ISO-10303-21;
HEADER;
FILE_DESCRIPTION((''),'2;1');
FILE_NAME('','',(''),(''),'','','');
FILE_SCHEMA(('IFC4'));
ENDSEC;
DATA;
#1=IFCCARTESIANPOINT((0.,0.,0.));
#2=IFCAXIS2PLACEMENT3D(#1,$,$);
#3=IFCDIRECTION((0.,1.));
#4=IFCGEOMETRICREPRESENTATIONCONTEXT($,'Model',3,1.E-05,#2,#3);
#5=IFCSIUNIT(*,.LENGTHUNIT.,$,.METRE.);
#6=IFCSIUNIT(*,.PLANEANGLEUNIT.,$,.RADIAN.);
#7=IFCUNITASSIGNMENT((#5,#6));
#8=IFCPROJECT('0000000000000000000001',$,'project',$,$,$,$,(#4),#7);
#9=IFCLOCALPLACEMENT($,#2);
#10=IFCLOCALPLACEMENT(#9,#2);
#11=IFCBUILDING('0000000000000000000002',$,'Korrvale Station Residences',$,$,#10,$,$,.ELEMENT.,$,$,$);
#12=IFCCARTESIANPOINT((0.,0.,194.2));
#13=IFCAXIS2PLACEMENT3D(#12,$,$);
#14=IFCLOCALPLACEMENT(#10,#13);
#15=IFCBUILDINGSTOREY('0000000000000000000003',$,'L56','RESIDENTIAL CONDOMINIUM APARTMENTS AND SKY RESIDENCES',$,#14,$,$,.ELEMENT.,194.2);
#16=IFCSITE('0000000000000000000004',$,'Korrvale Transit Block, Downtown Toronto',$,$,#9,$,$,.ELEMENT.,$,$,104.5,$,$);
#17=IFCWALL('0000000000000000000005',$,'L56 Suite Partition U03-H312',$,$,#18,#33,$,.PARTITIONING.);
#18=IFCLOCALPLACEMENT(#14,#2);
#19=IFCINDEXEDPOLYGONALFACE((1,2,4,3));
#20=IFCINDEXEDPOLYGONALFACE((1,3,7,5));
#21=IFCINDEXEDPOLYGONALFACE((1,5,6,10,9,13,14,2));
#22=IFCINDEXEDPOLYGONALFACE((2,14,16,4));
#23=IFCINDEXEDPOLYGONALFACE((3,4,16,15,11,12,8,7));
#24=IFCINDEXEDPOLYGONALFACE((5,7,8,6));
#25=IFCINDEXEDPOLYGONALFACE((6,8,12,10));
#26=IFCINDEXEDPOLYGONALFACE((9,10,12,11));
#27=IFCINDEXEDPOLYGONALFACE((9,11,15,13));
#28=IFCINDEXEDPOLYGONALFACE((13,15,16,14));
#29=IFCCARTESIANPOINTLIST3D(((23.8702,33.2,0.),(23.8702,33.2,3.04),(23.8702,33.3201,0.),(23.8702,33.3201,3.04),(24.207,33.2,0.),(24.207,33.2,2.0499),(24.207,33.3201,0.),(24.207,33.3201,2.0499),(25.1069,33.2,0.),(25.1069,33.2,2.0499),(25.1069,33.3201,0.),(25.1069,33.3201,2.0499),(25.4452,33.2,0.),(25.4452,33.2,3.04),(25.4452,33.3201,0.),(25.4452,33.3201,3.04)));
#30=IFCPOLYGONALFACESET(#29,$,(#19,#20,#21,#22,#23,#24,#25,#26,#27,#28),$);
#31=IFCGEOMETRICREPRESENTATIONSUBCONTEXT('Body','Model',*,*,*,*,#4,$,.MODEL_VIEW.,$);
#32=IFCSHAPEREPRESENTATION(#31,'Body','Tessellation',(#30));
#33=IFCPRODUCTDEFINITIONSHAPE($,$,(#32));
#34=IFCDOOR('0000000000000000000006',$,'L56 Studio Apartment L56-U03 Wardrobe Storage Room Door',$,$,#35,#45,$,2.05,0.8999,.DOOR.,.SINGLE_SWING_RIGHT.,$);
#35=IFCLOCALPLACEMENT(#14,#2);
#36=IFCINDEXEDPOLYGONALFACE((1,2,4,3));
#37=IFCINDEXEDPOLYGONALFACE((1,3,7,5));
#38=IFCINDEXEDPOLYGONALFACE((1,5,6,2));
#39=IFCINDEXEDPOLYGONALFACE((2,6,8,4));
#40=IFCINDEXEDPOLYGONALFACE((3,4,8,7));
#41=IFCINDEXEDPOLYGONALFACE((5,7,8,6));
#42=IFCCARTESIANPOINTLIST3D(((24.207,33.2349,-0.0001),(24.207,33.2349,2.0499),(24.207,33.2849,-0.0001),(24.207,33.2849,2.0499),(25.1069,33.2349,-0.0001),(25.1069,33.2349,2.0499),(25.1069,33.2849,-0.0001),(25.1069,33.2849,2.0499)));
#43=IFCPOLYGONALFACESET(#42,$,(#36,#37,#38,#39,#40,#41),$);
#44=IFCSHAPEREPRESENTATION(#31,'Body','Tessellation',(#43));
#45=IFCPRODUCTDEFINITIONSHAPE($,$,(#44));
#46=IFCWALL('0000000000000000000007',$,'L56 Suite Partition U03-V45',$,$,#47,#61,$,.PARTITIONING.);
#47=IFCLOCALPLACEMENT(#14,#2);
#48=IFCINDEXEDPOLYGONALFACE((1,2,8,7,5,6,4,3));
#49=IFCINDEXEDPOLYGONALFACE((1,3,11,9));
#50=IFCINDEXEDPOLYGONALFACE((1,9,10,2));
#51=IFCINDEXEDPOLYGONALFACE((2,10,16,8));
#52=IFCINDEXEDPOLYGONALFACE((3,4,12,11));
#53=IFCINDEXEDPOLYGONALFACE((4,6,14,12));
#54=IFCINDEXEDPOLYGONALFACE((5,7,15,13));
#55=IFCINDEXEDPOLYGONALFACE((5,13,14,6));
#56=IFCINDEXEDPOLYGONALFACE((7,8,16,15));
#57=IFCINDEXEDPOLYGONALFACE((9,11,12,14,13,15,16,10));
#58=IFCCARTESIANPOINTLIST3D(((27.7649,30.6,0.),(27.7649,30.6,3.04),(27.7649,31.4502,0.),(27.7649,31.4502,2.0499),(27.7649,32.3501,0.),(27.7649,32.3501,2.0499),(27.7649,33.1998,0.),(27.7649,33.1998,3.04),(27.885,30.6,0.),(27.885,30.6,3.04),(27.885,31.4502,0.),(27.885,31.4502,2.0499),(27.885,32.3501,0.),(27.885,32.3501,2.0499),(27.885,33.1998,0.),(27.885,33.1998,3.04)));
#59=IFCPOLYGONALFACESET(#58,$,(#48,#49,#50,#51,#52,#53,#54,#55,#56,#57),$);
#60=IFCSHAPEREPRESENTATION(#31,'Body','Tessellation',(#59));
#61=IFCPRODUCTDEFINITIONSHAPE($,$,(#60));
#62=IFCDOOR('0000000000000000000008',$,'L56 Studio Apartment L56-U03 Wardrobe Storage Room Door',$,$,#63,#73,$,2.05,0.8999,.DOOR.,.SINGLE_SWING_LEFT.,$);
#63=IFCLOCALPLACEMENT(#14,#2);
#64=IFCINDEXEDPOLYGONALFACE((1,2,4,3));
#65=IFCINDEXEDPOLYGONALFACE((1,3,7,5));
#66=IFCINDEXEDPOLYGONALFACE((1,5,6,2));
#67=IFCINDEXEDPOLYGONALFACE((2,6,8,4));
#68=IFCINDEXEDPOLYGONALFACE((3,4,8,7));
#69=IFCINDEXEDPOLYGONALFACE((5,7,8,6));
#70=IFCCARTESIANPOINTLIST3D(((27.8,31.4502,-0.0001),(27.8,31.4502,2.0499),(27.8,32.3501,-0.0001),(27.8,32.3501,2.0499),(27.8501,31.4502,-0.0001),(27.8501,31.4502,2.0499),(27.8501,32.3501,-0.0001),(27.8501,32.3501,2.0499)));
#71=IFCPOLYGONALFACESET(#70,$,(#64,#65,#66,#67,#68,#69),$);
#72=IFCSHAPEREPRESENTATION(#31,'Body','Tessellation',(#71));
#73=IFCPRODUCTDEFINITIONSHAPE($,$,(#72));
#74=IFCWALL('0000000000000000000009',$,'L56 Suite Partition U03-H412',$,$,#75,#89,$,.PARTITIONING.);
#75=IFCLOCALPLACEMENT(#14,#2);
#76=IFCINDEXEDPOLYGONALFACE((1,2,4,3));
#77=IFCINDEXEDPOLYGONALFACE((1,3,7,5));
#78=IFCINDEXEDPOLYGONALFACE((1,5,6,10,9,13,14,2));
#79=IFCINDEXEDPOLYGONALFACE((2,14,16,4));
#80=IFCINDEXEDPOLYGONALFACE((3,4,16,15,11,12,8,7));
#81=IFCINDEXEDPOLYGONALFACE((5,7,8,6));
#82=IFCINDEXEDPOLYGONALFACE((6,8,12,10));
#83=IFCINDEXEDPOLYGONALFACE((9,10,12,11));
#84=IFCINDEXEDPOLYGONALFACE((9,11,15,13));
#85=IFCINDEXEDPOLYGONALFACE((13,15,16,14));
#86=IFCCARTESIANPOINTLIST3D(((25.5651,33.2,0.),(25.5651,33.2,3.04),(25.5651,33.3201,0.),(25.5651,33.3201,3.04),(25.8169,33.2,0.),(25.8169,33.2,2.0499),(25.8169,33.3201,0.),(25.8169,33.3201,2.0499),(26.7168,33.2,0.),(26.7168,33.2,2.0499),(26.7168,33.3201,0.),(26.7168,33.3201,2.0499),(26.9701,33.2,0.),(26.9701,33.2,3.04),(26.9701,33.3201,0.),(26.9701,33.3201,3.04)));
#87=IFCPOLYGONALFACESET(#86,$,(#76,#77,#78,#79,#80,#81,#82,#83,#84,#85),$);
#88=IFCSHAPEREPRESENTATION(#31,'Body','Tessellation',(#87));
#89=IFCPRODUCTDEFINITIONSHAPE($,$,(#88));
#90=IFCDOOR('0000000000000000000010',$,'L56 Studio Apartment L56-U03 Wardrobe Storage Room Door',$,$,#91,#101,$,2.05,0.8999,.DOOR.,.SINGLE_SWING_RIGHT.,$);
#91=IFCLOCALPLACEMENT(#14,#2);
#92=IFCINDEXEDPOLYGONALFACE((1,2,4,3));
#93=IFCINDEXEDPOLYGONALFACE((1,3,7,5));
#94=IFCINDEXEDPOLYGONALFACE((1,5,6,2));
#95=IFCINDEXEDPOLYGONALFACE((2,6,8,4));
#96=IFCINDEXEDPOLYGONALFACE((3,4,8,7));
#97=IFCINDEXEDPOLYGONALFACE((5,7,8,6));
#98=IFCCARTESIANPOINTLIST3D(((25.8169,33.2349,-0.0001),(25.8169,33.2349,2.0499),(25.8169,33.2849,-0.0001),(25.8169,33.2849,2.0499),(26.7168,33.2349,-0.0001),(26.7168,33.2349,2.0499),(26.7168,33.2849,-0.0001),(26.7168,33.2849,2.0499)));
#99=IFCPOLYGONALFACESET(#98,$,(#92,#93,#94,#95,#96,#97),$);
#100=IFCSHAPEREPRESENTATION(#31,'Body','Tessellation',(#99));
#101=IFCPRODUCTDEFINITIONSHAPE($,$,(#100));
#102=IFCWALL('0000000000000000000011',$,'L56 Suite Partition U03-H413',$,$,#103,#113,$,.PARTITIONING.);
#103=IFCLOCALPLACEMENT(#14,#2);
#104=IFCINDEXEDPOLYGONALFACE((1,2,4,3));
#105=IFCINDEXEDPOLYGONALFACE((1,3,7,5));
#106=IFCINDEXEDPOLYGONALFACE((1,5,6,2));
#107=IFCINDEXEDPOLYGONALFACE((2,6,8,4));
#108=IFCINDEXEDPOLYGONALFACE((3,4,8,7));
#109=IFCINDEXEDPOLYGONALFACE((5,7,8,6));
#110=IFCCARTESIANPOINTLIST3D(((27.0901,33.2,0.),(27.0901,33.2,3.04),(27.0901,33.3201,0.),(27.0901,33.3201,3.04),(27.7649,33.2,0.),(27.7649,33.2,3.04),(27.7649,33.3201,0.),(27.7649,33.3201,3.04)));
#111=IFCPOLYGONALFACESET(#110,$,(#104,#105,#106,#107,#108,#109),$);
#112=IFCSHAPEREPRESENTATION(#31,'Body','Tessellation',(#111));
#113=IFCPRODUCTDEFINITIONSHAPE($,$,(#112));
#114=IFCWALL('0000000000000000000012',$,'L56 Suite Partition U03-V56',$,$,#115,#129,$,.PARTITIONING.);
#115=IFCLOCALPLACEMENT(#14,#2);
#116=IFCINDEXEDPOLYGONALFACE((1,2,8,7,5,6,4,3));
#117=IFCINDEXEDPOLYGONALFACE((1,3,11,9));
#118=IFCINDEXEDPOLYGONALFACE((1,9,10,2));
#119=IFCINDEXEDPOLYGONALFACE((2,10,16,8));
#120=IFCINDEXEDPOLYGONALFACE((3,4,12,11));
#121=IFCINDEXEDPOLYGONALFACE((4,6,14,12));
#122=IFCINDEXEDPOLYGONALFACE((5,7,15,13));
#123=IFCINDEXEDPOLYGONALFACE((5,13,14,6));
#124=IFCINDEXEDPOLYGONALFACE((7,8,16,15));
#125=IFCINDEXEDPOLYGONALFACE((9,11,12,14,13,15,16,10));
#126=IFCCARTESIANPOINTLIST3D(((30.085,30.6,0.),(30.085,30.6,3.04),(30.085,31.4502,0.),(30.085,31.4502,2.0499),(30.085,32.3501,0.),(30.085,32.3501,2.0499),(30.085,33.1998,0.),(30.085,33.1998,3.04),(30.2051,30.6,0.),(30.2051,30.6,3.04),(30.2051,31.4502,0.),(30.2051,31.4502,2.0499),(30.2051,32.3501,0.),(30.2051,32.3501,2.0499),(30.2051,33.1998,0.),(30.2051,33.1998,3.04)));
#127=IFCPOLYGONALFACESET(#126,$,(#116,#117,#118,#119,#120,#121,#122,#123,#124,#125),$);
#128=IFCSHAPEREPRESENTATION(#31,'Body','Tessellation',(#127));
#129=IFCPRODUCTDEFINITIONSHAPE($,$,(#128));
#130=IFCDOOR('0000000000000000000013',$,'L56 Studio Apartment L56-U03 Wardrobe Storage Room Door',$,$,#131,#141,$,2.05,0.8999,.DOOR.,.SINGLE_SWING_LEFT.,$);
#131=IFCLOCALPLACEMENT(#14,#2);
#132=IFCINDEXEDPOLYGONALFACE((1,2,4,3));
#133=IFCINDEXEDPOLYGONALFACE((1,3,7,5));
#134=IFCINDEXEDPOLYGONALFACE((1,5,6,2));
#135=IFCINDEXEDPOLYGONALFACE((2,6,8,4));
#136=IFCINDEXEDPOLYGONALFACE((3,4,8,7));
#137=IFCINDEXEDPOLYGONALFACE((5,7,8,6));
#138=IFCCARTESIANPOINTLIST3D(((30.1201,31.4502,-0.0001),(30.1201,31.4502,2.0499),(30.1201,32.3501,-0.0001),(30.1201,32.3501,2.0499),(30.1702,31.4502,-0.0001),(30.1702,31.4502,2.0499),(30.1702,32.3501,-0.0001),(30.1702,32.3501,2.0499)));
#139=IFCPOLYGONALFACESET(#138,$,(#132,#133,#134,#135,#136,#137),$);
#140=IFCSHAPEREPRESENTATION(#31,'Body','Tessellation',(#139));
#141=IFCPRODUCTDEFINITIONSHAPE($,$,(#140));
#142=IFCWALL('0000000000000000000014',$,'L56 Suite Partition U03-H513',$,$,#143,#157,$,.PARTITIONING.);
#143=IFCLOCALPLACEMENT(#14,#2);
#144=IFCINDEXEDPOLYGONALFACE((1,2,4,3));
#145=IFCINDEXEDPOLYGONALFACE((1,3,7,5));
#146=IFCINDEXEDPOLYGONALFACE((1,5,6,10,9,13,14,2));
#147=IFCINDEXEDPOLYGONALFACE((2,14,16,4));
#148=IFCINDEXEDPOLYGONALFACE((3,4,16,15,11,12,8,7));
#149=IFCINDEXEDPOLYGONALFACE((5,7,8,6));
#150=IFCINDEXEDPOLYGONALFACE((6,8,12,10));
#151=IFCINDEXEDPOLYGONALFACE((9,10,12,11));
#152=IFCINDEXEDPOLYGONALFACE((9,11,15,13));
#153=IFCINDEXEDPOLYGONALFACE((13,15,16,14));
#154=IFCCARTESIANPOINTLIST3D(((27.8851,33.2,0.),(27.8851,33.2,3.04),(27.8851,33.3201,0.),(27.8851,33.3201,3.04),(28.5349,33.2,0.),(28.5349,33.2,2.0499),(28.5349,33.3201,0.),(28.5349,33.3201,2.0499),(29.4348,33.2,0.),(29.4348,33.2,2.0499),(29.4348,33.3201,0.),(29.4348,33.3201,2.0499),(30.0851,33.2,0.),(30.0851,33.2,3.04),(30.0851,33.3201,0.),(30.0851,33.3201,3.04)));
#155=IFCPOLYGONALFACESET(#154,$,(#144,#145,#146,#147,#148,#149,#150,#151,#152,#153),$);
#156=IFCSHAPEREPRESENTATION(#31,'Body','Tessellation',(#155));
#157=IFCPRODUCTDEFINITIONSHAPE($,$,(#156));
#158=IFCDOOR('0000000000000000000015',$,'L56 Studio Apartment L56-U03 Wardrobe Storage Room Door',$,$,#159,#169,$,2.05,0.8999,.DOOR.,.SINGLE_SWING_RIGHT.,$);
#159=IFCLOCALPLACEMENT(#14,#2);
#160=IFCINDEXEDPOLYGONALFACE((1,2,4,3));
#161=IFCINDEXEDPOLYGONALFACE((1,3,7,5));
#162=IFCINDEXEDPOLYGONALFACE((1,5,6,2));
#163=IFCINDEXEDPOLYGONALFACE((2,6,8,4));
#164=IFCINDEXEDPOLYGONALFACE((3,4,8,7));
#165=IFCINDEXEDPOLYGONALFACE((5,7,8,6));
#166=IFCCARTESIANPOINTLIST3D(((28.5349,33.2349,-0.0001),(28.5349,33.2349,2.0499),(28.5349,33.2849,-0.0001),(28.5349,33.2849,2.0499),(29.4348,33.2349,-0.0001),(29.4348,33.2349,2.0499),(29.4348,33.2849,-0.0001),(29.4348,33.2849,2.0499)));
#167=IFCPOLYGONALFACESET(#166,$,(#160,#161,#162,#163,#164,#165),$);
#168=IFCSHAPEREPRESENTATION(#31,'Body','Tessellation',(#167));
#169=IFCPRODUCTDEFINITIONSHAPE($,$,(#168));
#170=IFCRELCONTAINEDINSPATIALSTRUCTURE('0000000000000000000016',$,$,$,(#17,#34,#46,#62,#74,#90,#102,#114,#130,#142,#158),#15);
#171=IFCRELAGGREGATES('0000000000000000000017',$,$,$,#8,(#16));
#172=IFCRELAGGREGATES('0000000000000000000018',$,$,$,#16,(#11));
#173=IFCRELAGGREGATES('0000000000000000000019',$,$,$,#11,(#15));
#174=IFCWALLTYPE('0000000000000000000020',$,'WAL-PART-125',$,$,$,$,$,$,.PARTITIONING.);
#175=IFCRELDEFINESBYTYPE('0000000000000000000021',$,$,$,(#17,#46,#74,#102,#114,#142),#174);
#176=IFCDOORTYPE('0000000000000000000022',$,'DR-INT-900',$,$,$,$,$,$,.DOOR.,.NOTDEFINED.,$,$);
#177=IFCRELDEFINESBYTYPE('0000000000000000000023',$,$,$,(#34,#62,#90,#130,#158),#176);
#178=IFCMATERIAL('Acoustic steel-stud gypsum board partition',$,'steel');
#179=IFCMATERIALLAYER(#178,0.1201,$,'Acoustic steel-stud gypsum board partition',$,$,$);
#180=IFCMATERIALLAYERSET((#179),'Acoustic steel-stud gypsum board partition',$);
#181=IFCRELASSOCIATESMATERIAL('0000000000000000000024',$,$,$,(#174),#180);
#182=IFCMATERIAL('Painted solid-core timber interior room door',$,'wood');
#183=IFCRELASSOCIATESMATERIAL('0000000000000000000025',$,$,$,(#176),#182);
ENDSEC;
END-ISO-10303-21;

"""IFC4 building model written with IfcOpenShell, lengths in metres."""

from ifc_helpers import new_model, si_unit, direction, frame, frame_2d, origin, place, context, subcontext, project, spatial, rectangle, extrude, material, layer, layer_set, type_object, element, fill, save


model = new_model("IFC4")

# Units and contexts
model_context = context("Model", 3, precision=1e-05, world=origin(), true_north=direction((0.0, 1.0)))
body_context = subcontext(model_context, "Body", "Model", "MODEL_VIEW")
ifc_project = project(units=[si_unit("LENGTHUNIT", "METRE"), si_unit("PLANEANGLEUNIT", "RADIAN")], contexts=[model_context])

# Site, building, storey
site_placement = place(None, origin())
site = spatial("IfcSite", under=ifc_project, at=site_placement, Name="Korrvale Transit Block, Downtown Toronto", CompositionType="ELEMENT", RefElevation=104.5)
building_placement = place(site_placement, origin())
building = spatial("IfcBuilding", under=site, at=building_placement, Name="Korrvale Station Residences", CompositionType="ELEMENT")
storey_placement = place(building_placement, frame((0.0, 0.0, 194.2)))
storey = spatial("IfcBuildingStorey", under=building, at=storey_placement, Name="L56", Description="RESIDENTIAL CONDOMINIUM APARTMENTS AND SKY RESIDENCES", CompositionType="ELEMENT", Elevation=194.2)

# Walls, openings, doors
ifc_material_1 = material(Name="Acoustic steel-stud gypsum board partition", Category="steel")
ifc_layer = layer(ifc_material_1, 0.1201, Name="Acoustic steel-stud gypsum board partition")
ifc_layer_set = layer_set([ifc_layer], Name="Acoustic steel-stud gypsum board partition")
wall_type = type_object("IfcWallType", Name="WAL-PART-125", PredefinedType="PARTITIONING", material=ifc_layer_set)
wall_1_placement = place(storey_placement, frame((23.8701, 33.26, 0.0), z_axis=(0.0, 0.0, 1.0), x_axis=(1.0, 0.0, 0.0)))
wall_1 = element("IfcWall", 1, at=wall_1_placement, inside=storey, type_object=wall_type, Name="L56 Suite Partition U03-H312", PredefinedType="PARTITIONING", context=body_context, shape_type="SweptSolid", body=[
    extrude(rectangle(XDim=1.575, YDim=0.1201, at=frame_2d((0.7876, 0.0))), origin(), (0.0, 0.0, 1.0), 3.04),
])
opening_1_placement = place(wall_1_placement, frame((0.3369, 0.0, 0.0)))
opening_1 = element("IfcOpeningElement", 2, at=opening_1_placement, cuts=wall_1, PredefinedType="OPENING", context=body_context, shape_type="SweptSolid", body=[
    extrude(rectangle(XDim=0.8999, YDim=2.05, at=frame_2d((0.45, 1.0249))), frame((0.0, 0.0701, 0.0), z_axis=(0.0, -1.0, 0.0), x_axis=(1.0, 0.0, 0.0)), (0.0, 0.0, 1.0), 0.1401),
])
ifc_material_2 = material(Name="Painted solid-core timber interior room door", Category="wood")
door_type = type_object("IfcDoorType", Name="DR-INT-900", OperationType="NOTDEFINED", PredefinedType="DOOR", material=ifc_material_2)
door_1_placement = place(opening_1_placement, origin())
door_1 = element("IfcDoor", 3, at=door_1_placement, inside=storey, type_object=door_type, Name="L56 Studio Apartment L56-U03 Wardrobe Storage Room Door", OperationType="SINGLE_SWING_RIGHT", OverallHeight=2.05, OverallWidth=0.8999, PredefinedType="DOOR", context=body_context, shape_type="SweptSolid", body=[
    extrude(rectangle(XDim=0.8999, YDim=2.05, at=frame_2d((0.45, 1.0249))), frame((0.0, 0.0249, 0.0), z_axis=(0.0, -1.0, 0.0), x_axis=(1.0, 0.0, 0.0)), (0.0, 0.0, 1.0), 0.05),
])
fill(opening_1, door_1)
wall_2_placement = place(storey_placement, frame((27.825, 30.6001, 0.0), z_axis=(0.0, 0.0, 1.0), x_axis=(0.0, 1.0, 0.0)))
wall_2 = element("IfcWall", 4, at=wall_2_placement, inside=storey, type_object=wall_type, Name="L56 Suite Partition U03-V45", PredefinedType="PARTITIONING", context=body_context, shape_type="SweptSolid", body=[
    extrude(rectangle(XDim=2.5999, YDim=0.1201, at=frame_2d((1.2998, 0.0))), origin(), (0.0, 0.0, 1.0), 3.04),
])
opening_2_placement = place(wall_2_placement, frame((0.8501, 0.0, 0.0)))
opening_2 = element("IfcOpeningElement", 5, at=opening_2_placement, cuts=wall_2, PredefinedType="OPENING", context=body_context, shape_type="SweptSolid", body=[
    extrude(rectangle(XDim=0.8999, YDim=2.05, at=frame_2d((0.45, 1.0249))), frame((0.0, 0.0701, 0.0), z_axis=(0.0, -1.0, 0.0), x_axis=(1.0, 0.0, 0.0)), (0.0, 0.0, 1.0), 0.1401),
])
door_2_placement = place(opening_2_placement, origin())
door_2 = element("IfcDoor", 6, at=door_2_placement, inside=storey, type_object=door_type, Name="L56 Studio Apartment L56-U03 Wardrobe Storage Room Door", OperationType="SINGLE_SWING_LEFT", OverallHeight=2.05, OverallWidth=0.8999, PredefinedType="DOOR", context=body_context, shape_type="SweptSolid", body=[
    extrude(rectangle(XDim=0.8999, YDim=2.05, at=frame_2d((0.45, 1.0249))), frame((0.0, 0.0249, 0.0), z_axis=(0.0, -1.0, 0.0), x_axis=(1.0, 0.0, 0.0)), (0.0, 0.0, 1.0), 0.05),
])
fill(opening_2, door_2)
wall_3_placement = place(storey_placement, frame((25.5649, 33.26, 0.0), z_axis=(0.0, 0.0, 1.0), x_axis=(1.0, 0.0, 0.0)))
wall_3 = element("IfcWall", 7, at=wall_3_placement, inside=storey, type_object=wall_type, Name="L56 Suite Partition U03-H412", PredefinedType="PARTITIONING", context=body_context, shape_type="SweptSolid", body=[
    extrude(rectangle(XDim=1.405, YDim=0.1201, at=frame_2d((0.7026, 0.0))), origin(), (0.0, 0.0, 1.0), 3.04),
])
opening_3_placement = place(wall_3_placement, frame((0.252, 0.0, 0.0)))
opening_3 = element("IfcOpeningElement", 8, at=opening_3_placement, cuts=wall_3, PredefinedType="OPENING", context=body_context, shape_type="SweptSolid", body=[
    extrude(rectangle(XDim=0.8999, YDim=2.05, at=frame_2d((0.45, 1.0249))), frame((0.0, 0.0701, 0.0), z_axis=(0.0, -1.0, 0.0), x_axis=(1.0, 0.0, 0.0)), (0.0, 0.0, 1.0), 0.1401),
])
door_3_placement = place(opening_3_placement, origin())
door_3 = element("IfcDoor", 9, at=door_3_placement, inside=storey, type_object=door_type, Name="L56 Studio Apartment L56-U03 Wardrobe Storage Room Door", OperationType="SINGLE_SWING_RIGHT", OverallHeight=2.05, OverallWidth=0.8999, PredefinedType="DOOR", context=body_context, shape_type="SweptSolid", body=[
    extrude(rectangle(XDim=0.8999, YDim=2.05, at=frame_2d((0.45, 1.0249))), frame((0.0, 0.0249, 0.0), z_axis=(0.0, -1.0, 0.0), x_axis=(1.0, 0.0, 0.0)), (0.0, 0.0, 1.0), 0.05),
])
fill(opening_3, door_3)

# Wall
wall_4_placement = place(storey_placement, frame((27.0901, 33.26, 0.0), z_axis=(0.0, 0.0, 1.0), x_axis=(1.0, 0.0, 0.0)))
element("IfcWall", 10, at=wall_4_placement, inside=storey, type_object=wall_type, Name="L56 Suite Partition U03-H413", PredefinedType="PARTITIONING", context=body_context, shape_type="SweptSolid", body=[
    extrude(rectangle(XDim=0.6748, YDim=0.1201, at=frame_2d((0.3374, 0.0))), origin(), (0.0, 0.0, 1.0), 3.04),
])

# Walls, openings, doors
wall_5_placement = place(storey_placement, frame((30.145, 30.6001, 0.0), z_axis=(0.0, 0.0, 1.0), x_axis=(0.0, 1.0, 0.0)))
wall_5 = element("IfcWall", 11, at=wall_5_placement, inside=storey, type_object=wall_type, Name="L56 Suite Partition U03-V56", PredefinedType="PARTITIONING", context=body_context, shape_type="SweptSolid", body=[
    extrude(rectangle(XDim=2.5999, YDim=0.1201, at=frame_2d((1.2998, 0.0))), origin(), (0.0, 0.0, 1.0), 3.04),
])
opening_4_placement = place(wall_5_placement, frame((0.8501, 0.0, 0.0)))
opening_4 = element("IfcOpeningElement", 12, at=opening_4_placement, cuts=wall_5, PredefinedType="OPENING", context=body_context, shape_type="SweptSolid", body=[
    extrude(rectangle(XDim=0.8999, YDim=2.05, at=frame_2d((0.45, 1.0249))), frame((0.0, 0.0701, 0.0), z_axis=(0.0, -1.0, 0.0), x_axis=(1.0, 0.0, 0.0)), (0.0, 0.0, 1.0), 0.1401),
])
door_4_placement = place(opening_4_placement, origin())
door_4 = element("IfcDoor", 13, at=door_4_placement, inside=storey, type_object=door_type, Name="L56 Studio Apartment L56-U03 Wardrobe Storage Room Door", OperationType="SINGLE_SWING_LEFT", OverallHeight=2.05, OverallWidth=0.8999, PredefinedType="DOOR", context=body_context, shape_type="SweptSolid", body=[
    extrude(rectangle(XDim=0.8999, YDim=2.05, at=frame_2d((0.45, 1.0249))), frame((0.0, 0.0249, 0.0), z_axis=(0.0, -1.0, 0.0), x_axis=(1.0, 0.0, 0.0)), (0.0, 0.0, 1.0), 0.05),
])
fill(opening_4, door_4)
wall_6_placement = place(storey_placement, frame((27.885, 33.26, 0.0), z_axis=(0.0, 0.0, 1.0), x_axis=(1.0, 0.0, 0.0)))
wall_6 = element("IfcWall", 14, at=wall_6_placement, inside=storey, type_object=wall_type, Name="L56 Suite Partition U03-H513", PredefinedType="PARTITIONING", context=body_context, shape_type="SweptSolid", body=[
    extrude(rectangle(XDim=2.2, YDim=0.1201, at=frame_2d((1.1001, 0.0))), origin(), (0.0, 0.0, 1.0), 3.04),
])
opening_5_placement = place(wall_6_placement, frame((0.6499, 0.0, 0.0)))
opening_5 = element("IfcOpeningElement", 15, at=opening_5_placement, cuts=wall_6, PredefinedType="OPENING", context=body_context, shape_type="SweptSolid", body=[
    extrude(rectangle(XDim=0.8999, YDim=2.05, at=frame_2d((0.45, 1.0249))), frame((0.0, 0.0701, 0.0), z_axis=(0.0, -1.0, 0.0), x_axis=(1.0, 0.0, 0.0)), (0.0, 0.0, 1.0), 0.1401),
])
door_5_placement = place(opening_5_placement, origin())
door_5 = element("IfcDoor", 16, at=door_5_placement, inside=storey, type_object=door_type, Name="L56 Studio Apartment L56-U03 Wardrobe Storage Room Door", OperationType="SINGLE_SWING_RIGHT", OverallHeight=2.05, OverallWidth=0.8999, PredefinedType="DOOR", context=body_context, shape_type="SweptSolid", body=[
    extrude(rectangle(XDim=0.8999, YDim=2.05, at=frame_2d((0.45, 1.0249))), frame((0.0, 0.0249, 0.0), z_axis=(0.0, -1.0, 0.0), x_axis=(1.0, 0.0, 0.0)), (0.0, 0.0, 1.0), 0.05),
])
fill(opening_5, door_5)

save(model, "model.ifc")
